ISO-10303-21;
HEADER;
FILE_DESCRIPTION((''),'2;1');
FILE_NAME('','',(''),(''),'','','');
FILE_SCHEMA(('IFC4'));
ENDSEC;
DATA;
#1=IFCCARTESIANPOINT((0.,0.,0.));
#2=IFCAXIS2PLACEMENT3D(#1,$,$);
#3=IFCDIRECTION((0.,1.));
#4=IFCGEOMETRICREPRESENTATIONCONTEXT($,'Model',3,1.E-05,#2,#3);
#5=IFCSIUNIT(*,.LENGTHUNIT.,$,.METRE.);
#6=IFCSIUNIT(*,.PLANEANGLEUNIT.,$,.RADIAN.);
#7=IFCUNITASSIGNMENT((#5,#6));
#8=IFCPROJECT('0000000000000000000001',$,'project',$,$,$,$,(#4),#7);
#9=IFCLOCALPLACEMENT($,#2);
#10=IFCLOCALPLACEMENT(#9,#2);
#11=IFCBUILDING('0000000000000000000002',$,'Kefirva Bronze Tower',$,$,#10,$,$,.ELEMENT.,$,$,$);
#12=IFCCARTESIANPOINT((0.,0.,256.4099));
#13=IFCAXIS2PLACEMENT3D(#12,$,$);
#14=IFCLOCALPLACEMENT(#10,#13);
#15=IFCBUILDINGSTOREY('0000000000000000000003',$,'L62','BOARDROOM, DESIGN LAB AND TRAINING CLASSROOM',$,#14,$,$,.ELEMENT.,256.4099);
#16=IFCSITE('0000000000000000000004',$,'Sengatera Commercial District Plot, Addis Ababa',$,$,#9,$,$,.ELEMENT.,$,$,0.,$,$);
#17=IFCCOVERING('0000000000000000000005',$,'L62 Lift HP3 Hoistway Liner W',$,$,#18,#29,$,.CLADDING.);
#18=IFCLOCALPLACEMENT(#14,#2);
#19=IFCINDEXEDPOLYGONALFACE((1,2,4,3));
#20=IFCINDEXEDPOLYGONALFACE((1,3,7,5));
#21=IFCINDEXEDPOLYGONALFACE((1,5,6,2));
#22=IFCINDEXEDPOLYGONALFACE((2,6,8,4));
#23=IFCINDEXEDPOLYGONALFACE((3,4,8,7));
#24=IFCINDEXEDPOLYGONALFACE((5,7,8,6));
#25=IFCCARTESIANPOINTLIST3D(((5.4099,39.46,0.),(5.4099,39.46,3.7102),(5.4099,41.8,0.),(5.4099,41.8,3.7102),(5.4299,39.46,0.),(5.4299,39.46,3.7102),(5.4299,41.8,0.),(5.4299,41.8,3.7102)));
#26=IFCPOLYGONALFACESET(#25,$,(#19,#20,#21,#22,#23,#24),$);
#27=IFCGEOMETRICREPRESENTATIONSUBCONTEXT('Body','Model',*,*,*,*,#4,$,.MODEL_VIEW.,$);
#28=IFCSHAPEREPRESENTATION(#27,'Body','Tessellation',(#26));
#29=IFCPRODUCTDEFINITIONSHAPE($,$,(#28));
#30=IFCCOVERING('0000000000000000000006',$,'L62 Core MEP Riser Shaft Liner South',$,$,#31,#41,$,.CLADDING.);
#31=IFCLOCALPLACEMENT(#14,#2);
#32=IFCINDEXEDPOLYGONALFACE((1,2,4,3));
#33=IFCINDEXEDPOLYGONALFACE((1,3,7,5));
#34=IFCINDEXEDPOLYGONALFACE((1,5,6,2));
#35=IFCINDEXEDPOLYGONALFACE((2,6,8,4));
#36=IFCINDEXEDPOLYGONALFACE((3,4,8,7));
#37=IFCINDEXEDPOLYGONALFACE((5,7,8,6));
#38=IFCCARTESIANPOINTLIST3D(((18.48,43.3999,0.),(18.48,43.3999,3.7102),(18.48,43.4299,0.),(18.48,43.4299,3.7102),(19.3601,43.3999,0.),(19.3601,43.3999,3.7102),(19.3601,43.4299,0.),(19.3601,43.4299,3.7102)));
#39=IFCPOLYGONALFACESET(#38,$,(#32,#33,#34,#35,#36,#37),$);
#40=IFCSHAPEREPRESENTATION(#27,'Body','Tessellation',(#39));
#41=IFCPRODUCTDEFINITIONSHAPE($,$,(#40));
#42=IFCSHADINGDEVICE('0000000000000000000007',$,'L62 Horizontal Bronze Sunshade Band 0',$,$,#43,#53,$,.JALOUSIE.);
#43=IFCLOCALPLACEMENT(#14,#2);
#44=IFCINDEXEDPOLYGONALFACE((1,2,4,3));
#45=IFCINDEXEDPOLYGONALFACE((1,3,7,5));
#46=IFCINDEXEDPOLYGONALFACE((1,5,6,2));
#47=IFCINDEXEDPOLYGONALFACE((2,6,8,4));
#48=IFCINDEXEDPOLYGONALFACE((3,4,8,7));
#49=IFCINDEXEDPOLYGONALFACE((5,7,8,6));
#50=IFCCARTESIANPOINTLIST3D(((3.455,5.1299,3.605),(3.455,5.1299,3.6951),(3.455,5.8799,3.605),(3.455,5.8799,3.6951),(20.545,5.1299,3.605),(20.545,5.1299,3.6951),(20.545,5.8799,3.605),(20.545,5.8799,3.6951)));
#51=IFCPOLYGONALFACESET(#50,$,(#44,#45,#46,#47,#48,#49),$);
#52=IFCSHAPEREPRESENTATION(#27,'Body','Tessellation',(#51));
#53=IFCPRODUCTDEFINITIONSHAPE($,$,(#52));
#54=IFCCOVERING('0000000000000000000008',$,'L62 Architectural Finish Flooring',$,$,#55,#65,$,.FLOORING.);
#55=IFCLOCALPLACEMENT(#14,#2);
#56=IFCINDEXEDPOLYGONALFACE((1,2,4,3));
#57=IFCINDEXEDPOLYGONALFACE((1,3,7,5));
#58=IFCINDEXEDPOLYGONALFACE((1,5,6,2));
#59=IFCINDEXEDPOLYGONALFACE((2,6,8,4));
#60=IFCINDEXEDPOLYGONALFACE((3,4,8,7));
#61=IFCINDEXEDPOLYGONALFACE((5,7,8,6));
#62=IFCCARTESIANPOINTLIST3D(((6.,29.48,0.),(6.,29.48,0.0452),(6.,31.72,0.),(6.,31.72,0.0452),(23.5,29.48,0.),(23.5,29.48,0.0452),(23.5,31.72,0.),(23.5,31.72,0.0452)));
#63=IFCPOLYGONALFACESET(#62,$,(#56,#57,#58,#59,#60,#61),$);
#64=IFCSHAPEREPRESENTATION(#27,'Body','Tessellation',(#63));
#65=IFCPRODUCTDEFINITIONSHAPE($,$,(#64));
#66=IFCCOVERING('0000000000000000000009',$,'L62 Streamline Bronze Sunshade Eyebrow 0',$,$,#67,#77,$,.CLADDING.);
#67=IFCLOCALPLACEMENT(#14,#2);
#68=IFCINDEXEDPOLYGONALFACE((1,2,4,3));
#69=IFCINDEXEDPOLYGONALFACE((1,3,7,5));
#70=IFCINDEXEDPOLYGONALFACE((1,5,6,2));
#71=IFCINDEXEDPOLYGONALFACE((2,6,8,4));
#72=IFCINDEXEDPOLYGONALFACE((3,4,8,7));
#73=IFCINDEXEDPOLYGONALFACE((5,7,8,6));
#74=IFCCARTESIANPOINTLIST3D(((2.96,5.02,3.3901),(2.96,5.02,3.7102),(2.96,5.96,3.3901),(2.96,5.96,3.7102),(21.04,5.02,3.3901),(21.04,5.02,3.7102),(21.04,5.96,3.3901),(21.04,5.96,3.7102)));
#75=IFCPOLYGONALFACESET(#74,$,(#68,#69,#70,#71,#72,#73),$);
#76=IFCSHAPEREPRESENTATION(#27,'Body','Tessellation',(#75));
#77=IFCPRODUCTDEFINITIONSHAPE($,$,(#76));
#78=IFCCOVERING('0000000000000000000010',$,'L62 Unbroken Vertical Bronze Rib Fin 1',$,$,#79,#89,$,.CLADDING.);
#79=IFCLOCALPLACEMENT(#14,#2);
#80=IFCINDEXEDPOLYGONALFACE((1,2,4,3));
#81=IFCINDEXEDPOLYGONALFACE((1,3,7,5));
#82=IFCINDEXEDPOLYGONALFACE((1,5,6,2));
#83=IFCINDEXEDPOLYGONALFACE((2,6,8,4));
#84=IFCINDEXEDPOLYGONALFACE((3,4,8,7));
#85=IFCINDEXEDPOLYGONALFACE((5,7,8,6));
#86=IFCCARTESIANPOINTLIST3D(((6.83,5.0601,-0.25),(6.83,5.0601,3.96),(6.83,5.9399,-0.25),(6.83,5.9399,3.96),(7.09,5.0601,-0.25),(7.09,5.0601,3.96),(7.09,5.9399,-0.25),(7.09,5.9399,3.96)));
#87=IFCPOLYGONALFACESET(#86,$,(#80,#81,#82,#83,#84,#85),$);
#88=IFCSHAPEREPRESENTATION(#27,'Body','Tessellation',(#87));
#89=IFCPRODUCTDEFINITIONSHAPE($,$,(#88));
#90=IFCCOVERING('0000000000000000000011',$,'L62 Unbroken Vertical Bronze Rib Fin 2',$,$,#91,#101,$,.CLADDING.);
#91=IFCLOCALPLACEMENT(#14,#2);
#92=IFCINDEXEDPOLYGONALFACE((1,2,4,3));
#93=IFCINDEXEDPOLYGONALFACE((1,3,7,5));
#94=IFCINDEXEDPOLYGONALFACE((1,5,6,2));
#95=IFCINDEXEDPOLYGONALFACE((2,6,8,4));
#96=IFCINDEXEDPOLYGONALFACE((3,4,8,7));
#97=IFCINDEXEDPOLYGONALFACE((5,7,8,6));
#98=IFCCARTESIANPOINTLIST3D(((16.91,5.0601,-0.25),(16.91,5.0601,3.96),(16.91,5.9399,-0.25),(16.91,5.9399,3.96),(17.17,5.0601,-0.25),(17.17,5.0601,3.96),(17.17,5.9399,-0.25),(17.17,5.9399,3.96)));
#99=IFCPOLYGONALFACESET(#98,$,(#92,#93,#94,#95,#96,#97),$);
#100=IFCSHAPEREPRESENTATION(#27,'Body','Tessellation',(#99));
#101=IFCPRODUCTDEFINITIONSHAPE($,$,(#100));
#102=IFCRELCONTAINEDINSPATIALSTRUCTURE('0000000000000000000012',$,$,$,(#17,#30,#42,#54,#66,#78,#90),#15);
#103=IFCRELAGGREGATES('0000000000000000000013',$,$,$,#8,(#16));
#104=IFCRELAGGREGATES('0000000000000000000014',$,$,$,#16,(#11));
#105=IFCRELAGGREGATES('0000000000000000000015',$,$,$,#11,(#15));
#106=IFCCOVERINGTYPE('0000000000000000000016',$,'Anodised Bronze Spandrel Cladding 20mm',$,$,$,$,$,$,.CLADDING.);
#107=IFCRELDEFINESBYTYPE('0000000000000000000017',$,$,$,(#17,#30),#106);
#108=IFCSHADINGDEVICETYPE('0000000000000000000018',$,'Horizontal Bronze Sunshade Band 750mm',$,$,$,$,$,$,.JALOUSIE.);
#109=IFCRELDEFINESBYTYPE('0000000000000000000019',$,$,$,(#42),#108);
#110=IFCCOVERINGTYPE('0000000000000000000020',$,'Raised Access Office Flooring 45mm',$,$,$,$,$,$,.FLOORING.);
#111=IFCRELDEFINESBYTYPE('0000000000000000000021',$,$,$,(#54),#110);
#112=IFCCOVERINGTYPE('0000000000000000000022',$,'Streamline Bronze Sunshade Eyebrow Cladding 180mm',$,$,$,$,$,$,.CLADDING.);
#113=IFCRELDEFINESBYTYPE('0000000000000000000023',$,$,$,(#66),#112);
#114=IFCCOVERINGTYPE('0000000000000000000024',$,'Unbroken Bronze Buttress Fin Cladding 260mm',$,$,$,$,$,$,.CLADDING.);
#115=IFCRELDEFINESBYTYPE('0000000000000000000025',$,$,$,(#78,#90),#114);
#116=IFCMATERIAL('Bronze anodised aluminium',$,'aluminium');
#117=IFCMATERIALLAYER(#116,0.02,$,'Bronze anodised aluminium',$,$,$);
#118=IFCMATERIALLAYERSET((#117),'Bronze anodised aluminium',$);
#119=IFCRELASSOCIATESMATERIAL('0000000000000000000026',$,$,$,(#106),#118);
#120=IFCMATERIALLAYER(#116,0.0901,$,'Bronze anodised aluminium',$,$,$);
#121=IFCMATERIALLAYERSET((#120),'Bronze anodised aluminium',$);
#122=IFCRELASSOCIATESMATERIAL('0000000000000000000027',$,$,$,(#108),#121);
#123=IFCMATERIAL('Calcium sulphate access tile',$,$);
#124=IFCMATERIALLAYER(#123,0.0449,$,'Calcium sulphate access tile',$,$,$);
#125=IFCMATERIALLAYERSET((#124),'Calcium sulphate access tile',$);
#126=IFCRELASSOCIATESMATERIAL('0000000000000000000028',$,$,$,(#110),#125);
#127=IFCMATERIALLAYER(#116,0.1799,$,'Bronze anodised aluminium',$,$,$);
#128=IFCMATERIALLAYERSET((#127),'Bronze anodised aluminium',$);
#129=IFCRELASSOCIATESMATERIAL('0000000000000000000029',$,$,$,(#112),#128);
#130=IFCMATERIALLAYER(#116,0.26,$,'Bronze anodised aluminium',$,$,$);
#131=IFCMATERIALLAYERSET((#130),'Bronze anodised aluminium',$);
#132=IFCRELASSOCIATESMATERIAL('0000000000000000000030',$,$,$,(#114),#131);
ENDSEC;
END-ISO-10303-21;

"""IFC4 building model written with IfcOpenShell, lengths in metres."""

from ifc_helpers import new_model, si_unit, direction, frame, origin, origin_2d, place, context, subcontext, project, spatial, polyline, rectangle, outline, extrude, material, layer, layer_set, type_object, element, save


model = new_model("IFC4")

# Units and contexts
model_context = context("Model", 3, precision=1e-05, world=origin(), true_north=direction((0.0, 1.0)))
body_context = subcontext(model_context, "Body", "Model", "MODEL_VIEW")
ifc_project = project(units=[si_unit("LENGTHUNIT", "METRE"), si_unit("PLANEANGLEUNIT", "RADIAN")], contexts=[model_context])

# Site, building, storey
site_placement = place(None, origin())
site = spatial("IfcSite", under=ifc_project, at=site_placement, Name="Sengatera Commercial District Plot, Addis Ababa", CompositionType="ELEMENT", RefElevation=0.0)
building_placement = place(site_placement, origin())
building = spatial("IfcBuilding", under=site, at=building_placement, Name="Kefirva Bronze Tower", CompositionType="ELEMENT")
storey_placement = place(building_placement, frame((0.0, 0.0, 256.4099)))
storey = spatial("IfcBuildingStorey", under=building, at=storey_placement, Name="L62", Description="BOARDROOM, DESIGN LAB AND TRAINING CLASSROOM", CompositionType="ELEMENT", Elevation=256.4099)

# Shared definitions
ifc_material_1 = material(Name="Bronze anodised aluminium", Category="aluminium")

# Coverings
ifc_layer_1 = layer(ifc_material_1, 0.02, Name="Bronze anodised aluminium")
ifc_layer_set_1 = layer_set([ifc_layer_1], Name="Bronze anodised aluminium")
covering_type_1 = type_object("IfcCoveringType", Name="Anodised Bronze Spandrel Cladding 20mm", PredefinedType="CLADDING", material=ifc_layer_set_1)
covering_1_placement = place(storey_placement, origin())
element("IfcCovering", 1, at=covering_1_placement, inside=storey, type_object=covering_type_1, Name="L62 Lift HP3 Hoistway Liner W", PredefinedType="CLADDING", context=body_context, shape_type="SweptSolid", body=[
    extrude(outline(polyline([(5.4099, 39.46), (5.4299, 39.46), (5.4299, 41.8), (5.4099, 41.8), (5.4099, 39.46)])), origin(), (0.0, 0.0, 1.0), 3.7102),
])
covering_2_placement = place(storey_placement, origin())
element("IfcCovering", 2, at=covering_2_placement, inside=storey, type_object=covering_type_1, Name="L62 Core MEP Riser Shaft Liner South", PredefinedType="CLADDING", context=body_context, shape_type="SweptSolid", body=[
    extrude(outline(polyline([(18.48, 43.3999), (19.3601, 43.3999), (19.3601, 43.4299), (18.48, 43.4299), (18.48, 43.3999)])), origin(), (0.0, 0.0, 1.0), 3.7102),
])

# Shading device
ifc_layer_2 = layer(ifc_material_1, 0.0901, Name="Bronze anodised aluminium")
ifc_layer_set_2 = layer_set([ifc_layer_2], Name="Bronze anodised aluminium")
shading_device_type = type_object("IfcShadingDeviceType", Name="Horizontal Bronze Sunshade Band 750mm", PredefinedType="JALOUSIE", material=ifc_layer_set_2)
shading_device_placement = place(storey_placement, frame((12.0, 5.5049, 3.605), z_axis=(0.0, 0.0, 1.0), x_axis=(1.0, 0.0, 0.0)))
element("IfcShadingDevice", 3, at=shading_device_placement, inside=storey, type_object=shading_device_type, Name="L62 Horizontal Bronze Sunshade Band 0", PredefinedType="JALOUSIE", context=body_context, shape_type="SweptSolid", body=[
    extrude(rectangle(XDim=17.0901, YDim=0.75, at=origin_2d()), origin(), (0.0, 0.0, 1.0), 0.0901),
])

# Coverings
ifc_material_2 = material(Name="Calcium sulphate access tile")
ifc_layer_3 = layer(ifc_material_2, 0.0449, Name="Calcium sulphate access tile")
ifc_layer_set_3 = layer_set([ifc_layer_3], Name="Calcium sulphate access tile")
covering_type_2 = type_object("IfcCoveringType", Name="Raised Access Office Flooring 45mm", PredefinedType="FLOORING", material=ifc_layer_set_3)
covering_3_placement = place(storey_placement, origin())
element("IfcCovering", 4, at=covering_3_placement, inside=storey, type_object=covering_type_2, Name="L62 Architectural Finish Flooring", PredefinedType="FLOORING", context=body_context, shape_type="SweptSolid", body=[
    extrude(outline(polyline([(6.0, 29.48), (23.5, 29.48), (23.5, 31.72), (6.0, 31.72), (6.0, 29.48)])), origin(), (0.0, 0.0, 1.0), 0.0452),
])
ifc_layer_4 = layer(ifc_material_1, 0.1799, Name="Bronze anodised aluminium")
ifc_layer_set_4 = layer_set([ifc_layer_4], Name="Bronze anodised aluminium")
covering_type_3 = type_object("IfcCoveringType", Name="Streamline Bronze Sunshade Eyebrow Cladding 180mm", PredefinedType="CLADDING", material=ifc_layer_set_4)
covering_4_placement = place(storey_placement, frame((12.0, 5.49, 3.3901), z_axis=(0.0, 0.0, 1.0), x_axis=(1.0, 0.0, 0.0)))
element("IfcCovering", 5, at=covering_4_placement, inside=storey, type_object=covering_type_3, Name="L62 Streamline Bronze Sunshade Eyebrow 0", PredefinedType="CLADDING", context=body_context, shape_type="SweptSolid", body=[
    extrude(rectangle(XDim=18.0801, YDim=0.9399, at=origin_2d()), origin(), (0.0, 0.0, 1.0), 0.3201),
])
ifc_layer_5 = layer(ifc_material_1, 0.26, Name="Bronze anodised aluminium")
ifc_layer_set_5 = layer_set([ifc_layer_5], Name="Bronze anodised aluminium")
covering_type_4 = type_object("IfcCoveringType", Name="Unbroken Bronze Buttress Fin Cladding 260mm", PredefinedType="CLADDING", material=ifc_layer_set_5)
for number, where, z_axis, x_axis, name in (
    (6, (6.96, 5.5, -0.25), (0.0, 0.0, 1.0), (1.0, 0.0, 0.0), "L62 Unbroken Vertical Bronze Rib Fin 1"),
    (7, (17.04, 5.5, -0.25), (0.0, 0.0, 1.0), (1.0, 0.0, 0.0), "L62 Unbroken Vertical Bronze Rib Fin 2"),
):
    element("IfcCovering", number, at=place(storey_placement, frame(where, z_axis=z_axis, x_axis=x_axis)), inside=storey, type_object=covering_type_4, Name=name, PredefinedType="CLADDING", context=body_context, shape_type="SweptSolid", body=[
        extrude(rectangle(XDim=0.26, YDim=0.8799, at=origin_2d()), origin(), (0.0, 0.0, 1.0), 4.21),
    ])

save(model, "model.ifc")
